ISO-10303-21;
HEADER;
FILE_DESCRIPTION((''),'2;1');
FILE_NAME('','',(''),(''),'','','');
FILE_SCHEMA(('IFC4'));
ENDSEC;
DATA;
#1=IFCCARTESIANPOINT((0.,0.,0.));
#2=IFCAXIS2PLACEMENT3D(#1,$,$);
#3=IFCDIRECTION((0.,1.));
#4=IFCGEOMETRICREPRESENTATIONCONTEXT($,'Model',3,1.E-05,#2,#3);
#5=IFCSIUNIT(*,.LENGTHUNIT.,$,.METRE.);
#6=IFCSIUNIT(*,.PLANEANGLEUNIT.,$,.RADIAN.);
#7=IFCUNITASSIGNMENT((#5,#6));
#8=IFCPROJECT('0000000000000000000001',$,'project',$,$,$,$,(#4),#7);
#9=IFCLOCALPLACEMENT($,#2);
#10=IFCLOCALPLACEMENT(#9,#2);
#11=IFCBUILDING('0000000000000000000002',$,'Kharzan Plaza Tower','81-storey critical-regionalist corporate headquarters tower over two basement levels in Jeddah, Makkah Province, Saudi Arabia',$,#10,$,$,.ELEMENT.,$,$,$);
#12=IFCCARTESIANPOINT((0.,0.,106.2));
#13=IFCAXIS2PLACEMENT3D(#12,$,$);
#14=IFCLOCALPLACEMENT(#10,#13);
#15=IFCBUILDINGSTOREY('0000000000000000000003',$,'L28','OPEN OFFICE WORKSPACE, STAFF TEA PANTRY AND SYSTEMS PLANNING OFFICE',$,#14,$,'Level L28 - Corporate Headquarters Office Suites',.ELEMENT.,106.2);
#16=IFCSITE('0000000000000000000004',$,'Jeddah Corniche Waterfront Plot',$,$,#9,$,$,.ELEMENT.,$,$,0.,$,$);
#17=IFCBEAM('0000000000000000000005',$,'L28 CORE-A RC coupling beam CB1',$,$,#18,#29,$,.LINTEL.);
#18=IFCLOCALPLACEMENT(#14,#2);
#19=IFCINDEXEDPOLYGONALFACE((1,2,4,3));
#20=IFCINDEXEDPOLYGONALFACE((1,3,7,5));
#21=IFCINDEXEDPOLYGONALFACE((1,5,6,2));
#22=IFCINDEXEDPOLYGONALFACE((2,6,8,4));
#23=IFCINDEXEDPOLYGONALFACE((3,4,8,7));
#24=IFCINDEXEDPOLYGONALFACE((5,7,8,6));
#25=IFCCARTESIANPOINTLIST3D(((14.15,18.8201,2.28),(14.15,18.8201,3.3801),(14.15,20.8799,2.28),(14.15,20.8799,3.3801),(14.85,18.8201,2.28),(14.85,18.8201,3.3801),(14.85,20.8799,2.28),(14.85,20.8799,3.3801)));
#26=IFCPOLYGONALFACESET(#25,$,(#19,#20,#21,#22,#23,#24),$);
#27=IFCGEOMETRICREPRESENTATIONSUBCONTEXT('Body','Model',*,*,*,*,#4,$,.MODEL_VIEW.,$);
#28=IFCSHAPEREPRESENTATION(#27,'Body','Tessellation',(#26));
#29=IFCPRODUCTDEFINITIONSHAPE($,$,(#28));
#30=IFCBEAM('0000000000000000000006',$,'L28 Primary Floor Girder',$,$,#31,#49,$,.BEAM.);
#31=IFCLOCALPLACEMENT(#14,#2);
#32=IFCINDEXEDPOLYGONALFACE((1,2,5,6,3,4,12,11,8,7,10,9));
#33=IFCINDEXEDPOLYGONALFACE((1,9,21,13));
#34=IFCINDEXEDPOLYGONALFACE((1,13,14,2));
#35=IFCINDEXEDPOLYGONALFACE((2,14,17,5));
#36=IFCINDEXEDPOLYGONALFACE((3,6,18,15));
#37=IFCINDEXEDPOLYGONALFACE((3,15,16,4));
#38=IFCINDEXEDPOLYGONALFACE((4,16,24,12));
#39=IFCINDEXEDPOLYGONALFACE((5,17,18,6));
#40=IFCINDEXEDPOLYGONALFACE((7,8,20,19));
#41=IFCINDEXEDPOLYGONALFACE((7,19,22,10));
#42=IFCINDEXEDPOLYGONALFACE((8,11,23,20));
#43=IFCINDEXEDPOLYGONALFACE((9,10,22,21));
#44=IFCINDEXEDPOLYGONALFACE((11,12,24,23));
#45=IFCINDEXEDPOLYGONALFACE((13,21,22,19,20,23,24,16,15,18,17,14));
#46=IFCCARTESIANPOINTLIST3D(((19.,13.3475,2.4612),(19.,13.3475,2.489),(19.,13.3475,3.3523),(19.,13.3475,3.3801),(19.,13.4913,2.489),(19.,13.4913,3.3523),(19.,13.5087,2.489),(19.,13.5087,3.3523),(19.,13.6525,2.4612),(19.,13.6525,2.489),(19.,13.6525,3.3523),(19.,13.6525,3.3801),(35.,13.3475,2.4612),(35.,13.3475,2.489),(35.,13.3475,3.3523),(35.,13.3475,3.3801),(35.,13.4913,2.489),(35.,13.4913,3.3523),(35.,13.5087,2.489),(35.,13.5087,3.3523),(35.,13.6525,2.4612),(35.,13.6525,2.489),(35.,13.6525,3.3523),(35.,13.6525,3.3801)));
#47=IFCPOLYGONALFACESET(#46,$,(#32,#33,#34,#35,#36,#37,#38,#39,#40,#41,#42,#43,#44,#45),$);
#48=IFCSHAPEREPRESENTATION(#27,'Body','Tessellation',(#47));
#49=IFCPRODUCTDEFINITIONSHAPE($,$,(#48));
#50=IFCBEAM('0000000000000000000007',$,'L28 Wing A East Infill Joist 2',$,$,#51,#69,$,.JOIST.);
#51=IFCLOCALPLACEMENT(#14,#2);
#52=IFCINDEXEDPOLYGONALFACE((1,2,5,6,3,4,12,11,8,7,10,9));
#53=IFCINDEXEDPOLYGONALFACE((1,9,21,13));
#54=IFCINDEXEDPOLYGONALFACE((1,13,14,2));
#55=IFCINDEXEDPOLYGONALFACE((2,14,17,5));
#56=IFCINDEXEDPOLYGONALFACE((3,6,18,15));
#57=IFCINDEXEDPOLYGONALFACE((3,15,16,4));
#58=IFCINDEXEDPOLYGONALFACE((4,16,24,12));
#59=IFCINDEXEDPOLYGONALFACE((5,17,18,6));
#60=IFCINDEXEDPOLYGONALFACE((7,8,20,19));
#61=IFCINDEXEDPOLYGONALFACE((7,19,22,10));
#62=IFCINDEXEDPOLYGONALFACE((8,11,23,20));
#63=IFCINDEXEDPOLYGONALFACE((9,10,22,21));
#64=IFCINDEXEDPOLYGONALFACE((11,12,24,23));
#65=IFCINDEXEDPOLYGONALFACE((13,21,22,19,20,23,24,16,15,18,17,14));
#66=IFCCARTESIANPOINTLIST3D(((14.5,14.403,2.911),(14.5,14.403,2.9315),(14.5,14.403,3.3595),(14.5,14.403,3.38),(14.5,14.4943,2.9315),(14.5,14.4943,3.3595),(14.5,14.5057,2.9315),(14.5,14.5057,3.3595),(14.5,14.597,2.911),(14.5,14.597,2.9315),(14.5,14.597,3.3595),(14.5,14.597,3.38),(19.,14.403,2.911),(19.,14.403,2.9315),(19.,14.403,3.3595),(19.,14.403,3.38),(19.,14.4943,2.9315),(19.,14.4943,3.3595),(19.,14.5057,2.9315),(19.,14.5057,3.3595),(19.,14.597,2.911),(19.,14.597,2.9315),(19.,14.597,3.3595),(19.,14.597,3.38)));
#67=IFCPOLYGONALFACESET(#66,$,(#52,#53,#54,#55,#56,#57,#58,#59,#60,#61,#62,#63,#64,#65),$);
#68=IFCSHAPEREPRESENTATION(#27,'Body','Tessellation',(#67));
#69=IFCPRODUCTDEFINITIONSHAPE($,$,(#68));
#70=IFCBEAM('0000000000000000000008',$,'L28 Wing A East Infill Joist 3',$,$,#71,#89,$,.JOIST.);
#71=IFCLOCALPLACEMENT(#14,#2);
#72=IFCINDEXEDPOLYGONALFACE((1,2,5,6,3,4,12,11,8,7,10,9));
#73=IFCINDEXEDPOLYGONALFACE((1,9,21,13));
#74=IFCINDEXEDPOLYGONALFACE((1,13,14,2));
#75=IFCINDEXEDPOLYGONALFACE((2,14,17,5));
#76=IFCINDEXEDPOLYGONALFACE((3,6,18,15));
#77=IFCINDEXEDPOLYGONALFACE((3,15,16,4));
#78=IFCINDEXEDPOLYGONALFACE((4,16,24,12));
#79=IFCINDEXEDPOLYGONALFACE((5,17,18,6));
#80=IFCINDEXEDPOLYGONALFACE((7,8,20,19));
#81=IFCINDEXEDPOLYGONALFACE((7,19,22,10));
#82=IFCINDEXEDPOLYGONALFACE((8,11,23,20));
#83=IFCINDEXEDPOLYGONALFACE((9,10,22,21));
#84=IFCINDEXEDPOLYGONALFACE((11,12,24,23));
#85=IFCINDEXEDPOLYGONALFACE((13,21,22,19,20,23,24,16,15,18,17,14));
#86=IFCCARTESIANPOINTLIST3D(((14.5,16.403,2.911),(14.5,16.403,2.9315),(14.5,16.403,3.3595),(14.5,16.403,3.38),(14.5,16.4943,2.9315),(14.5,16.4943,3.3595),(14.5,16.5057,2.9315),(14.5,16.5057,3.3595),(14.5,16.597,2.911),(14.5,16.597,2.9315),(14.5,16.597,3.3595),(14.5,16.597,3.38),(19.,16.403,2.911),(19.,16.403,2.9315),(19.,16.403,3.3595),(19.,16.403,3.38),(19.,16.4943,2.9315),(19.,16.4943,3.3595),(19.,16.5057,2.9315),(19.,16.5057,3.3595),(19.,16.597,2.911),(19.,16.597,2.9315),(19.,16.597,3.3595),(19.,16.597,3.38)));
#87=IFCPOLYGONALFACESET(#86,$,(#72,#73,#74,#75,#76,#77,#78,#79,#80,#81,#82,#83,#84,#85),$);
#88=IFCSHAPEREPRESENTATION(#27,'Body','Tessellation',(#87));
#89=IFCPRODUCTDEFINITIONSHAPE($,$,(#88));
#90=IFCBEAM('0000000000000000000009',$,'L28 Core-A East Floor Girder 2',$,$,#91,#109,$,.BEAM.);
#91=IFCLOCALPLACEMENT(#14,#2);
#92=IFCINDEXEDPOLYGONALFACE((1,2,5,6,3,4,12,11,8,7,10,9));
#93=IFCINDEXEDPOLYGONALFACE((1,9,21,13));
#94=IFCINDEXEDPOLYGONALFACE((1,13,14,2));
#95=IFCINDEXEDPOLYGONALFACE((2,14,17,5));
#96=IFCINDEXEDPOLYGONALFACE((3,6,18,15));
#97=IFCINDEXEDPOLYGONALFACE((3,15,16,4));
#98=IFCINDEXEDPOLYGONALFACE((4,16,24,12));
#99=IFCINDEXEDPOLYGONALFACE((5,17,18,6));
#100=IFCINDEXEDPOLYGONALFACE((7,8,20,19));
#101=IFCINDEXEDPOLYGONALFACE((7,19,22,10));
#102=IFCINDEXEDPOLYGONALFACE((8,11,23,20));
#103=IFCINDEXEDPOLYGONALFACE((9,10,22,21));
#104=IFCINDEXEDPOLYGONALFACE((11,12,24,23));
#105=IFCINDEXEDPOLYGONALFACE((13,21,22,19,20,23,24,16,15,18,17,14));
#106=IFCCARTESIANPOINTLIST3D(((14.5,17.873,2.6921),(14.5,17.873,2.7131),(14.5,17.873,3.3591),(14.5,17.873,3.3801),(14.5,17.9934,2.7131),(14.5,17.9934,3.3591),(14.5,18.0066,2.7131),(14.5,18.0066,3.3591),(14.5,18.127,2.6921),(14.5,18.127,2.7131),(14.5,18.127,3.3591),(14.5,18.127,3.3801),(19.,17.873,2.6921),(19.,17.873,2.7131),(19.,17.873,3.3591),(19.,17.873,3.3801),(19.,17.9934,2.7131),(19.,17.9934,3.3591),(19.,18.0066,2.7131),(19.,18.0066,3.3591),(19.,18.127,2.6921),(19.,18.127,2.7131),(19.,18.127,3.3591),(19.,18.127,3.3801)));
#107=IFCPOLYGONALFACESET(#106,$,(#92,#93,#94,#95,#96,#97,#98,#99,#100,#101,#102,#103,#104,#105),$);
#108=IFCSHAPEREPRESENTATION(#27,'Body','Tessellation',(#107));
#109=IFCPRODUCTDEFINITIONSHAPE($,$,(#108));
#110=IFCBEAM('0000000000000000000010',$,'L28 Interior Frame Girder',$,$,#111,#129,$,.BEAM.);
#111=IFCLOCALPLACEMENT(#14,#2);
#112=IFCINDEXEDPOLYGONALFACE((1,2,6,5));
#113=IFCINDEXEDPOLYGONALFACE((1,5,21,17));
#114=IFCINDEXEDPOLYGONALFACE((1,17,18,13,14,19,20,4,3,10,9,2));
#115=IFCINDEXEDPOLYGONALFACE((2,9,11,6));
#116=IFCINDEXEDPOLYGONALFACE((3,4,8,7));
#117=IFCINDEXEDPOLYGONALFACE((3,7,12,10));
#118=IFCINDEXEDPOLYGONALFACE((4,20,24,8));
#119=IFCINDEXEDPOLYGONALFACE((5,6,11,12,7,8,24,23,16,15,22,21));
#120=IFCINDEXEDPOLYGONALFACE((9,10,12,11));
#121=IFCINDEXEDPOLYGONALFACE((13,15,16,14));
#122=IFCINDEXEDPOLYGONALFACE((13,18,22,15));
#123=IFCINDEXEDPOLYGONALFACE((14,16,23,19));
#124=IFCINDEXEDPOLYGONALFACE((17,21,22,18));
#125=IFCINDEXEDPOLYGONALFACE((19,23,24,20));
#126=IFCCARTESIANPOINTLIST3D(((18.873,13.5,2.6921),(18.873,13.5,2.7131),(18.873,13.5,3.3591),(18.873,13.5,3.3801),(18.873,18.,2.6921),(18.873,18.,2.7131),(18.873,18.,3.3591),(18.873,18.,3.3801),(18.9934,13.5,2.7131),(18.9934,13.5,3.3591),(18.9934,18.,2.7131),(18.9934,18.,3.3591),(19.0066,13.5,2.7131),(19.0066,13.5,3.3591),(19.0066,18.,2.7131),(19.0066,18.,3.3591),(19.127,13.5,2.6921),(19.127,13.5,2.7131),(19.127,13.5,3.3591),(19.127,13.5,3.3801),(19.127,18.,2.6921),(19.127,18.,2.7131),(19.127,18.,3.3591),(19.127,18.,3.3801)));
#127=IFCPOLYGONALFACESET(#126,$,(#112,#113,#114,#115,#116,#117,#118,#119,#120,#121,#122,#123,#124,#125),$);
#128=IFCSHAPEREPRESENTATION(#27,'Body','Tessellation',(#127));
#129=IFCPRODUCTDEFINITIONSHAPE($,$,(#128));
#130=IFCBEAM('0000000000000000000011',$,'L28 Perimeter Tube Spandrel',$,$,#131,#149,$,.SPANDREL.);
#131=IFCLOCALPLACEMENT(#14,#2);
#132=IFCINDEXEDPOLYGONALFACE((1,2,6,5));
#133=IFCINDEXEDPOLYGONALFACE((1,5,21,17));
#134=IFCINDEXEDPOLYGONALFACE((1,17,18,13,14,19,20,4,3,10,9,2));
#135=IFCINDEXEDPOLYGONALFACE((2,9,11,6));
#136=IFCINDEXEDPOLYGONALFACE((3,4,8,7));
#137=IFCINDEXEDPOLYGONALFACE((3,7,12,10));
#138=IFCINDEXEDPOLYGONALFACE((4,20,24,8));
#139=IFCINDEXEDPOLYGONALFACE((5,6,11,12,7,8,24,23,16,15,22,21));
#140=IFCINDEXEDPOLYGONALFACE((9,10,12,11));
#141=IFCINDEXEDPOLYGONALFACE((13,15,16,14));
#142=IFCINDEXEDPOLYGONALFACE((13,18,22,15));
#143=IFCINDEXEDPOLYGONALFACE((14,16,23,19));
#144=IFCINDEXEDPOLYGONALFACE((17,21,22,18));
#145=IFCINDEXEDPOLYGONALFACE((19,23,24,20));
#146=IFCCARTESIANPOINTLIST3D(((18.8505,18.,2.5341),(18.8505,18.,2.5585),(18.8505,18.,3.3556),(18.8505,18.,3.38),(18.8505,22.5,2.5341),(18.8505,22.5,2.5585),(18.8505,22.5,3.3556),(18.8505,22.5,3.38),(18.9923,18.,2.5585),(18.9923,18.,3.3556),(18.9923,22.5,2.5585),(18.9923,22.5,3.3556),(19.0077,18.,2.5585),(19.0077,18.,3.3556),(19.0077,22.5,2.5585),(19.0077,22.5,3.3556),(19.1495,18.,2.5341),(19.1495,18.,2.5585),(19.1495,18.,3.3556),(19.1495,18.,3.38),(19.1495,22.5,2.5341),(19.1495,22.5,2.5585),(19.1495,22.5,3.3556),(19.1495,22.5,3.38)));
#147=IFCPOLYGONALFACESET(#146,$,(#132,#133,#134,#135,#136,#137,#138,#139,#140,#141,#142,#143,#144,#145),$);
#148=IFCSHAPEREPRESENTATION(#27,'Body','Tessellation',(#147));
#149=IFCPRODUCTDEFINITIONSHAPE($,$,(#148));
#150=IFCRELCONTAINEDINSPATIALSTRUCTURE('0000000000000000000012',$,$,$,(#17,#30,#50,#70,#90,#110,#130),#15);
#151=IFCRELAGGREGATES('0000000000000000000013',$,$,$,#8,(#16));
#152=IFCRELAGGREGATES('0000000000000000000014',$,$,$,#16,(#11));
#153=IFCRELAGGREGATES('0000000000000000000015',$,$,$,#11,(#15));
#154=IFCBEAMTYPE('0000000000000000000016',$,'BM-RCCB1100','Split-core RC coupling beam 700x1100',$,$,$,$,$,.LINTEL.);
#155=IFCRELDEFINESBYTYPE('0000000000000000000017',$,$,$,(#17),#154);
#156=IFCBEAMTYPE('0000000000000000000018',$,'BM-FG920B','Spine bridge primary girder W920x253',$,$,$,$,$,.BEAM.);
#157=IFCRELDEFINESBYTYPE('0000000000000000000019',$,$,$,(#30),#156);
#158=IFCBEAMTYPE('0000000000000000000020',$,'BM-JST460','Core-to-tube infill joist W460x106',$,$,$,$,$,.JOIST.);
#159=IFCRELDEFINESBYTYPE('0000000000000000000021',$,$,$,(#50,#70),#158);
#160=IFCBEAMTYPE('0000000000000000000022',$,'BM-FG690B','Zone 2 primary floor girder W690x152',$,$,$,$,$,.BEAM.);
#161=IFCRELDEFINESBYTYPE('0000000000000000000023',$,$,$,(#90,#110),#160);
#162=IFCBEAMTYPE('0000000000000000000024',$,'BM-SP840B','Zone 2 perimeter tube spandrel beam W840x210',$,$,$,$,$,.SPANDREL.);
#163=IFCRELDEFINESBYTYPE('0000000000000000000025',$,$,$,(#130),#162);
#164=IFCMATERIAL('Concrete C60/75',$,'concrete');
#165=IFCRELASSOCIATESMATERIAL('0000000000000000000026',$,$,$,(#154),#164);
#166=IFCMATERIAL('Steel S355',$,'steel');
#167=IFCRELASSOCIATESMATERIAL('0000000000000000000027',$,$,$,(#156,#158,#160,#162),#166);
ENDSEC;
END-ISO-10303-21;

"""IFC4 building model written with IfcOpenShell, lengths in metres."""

from ifc_helpers import new_model, si_unit, direction, frame, origin, origin_2d, place, context, subcontext, project, spatial, rectangle, i_section, extrude, source, transform, mapped, material, material_profile, profile_set, type_object, element, save


model = new_model("IFC4")

# Units and contexts
model_context = context("Model", 3, precision=1e-05, world=origin(), true_north=direction((0.0, 1.0)))
body_context = subcontext(model_context, "Body", "Model", "MODEL_VIEW")
ifc_project = project(units=[si_unit("LENGTHUNIT", "METRE"), si_unit("PLANEANGLEUNIT", "RADIAN")], contexts=[model_context])

# Site, building, storey
site_placement = place(None, origin())
site = spatial("IfcSite", under=ifc_project, at=site_placement, Name="Jeddah Corniche Waterfront Plot", CompositionType="ELEMENT", RefElevation=0.0)
building_placement = place(site_placement, origin())
building = spatial("IfcBuilding", under=site, at=building_placement, Name="Kharzan Plaza Tower", Description="81-storey critical-regionalist corporate headquarters tower over two basement levels in Jeddah, Makkah Province, Saudi Arabia", CompositionType="ELEMENT")
storey_placement = place(building_placement, frame((0.0, 0.0, 106.2)))
storey = spatial("IfcBuildingStorey", under=building, at=storey_placement, Name="L28", Description="OPEN OFFICE WORKSPACE, STAFF TEA PANTRY AND SYSTEMS PLANNING OFFICE", LongName="Level L28 - Corporate Headquarters Office Suites", CompositionType="ELEMENT", Elevation=106.2)

# Beams
ifc_material_1 = material(Name="Concrete C60/75", Category="concrete")
ifc_material_profile_1 = material_profile(ifc_material_1, rectangle(XDim=0.7, YDim=1.1001, at=origin_2d()), Name="RC-CB1100x700")
ifc_profile_set_1 = profile_set([ifc_material_profile_1], Name="Concrete C60/75")
beam_type_1 = type_object("IfcBeamType", Name="BM-RCCB1100", Description="Split-core RC coupling beam 700x1100", PredefinedType="LINTEL", material=ifc_profile_set_1)
shared_shape_1 = source(origin(), body_context, "Body", "SweptSolid", [
    extrude(rectangle(XDim=0.7, YDim=1.1001, at=origin_2d()), origin(), (0.0, 0.0, 1.0), 2.0598),
])
beam_1_placement = place(storey_placement, frame((14.5, 18.8201, 2.8301), z_axis=(0.0, 1.0, 0.0), x_axis=(-1.0, 0.0, 0.0)))
element("IfcBeam", 1, at=beam_1_placement, inside=storey, type_object=beam_type_1, Name="L28 CORE-A RC coupling beam CB1", PredefinedType="LINTEL", context=body_context, shape_type="MappedRepresentation", body=[
    mapped(shared_shape_1, transform((0.0, 0.0, 0.0), x_axis=(1.0, 0.0, 0.0), y_axis=(0.0, 1.0, 0.0), z_axis=(0.0, 0.0, 1.0))),
])
ifc_material_2 = material(Name="Steel S355", Category="steel")
ifc_material_profile_2 = material_profile(ifc_material_2, i_section(OverallWidth=0.3049, OverallDepth=0.9189, WebThickness=0.0173, FlangeThickness=0.0278, at=origin_2d()), Name="W920x253")
ifc_profile_set_2 = profile_set([ifc_material_profile_2], Name="Steel S355")
beam_type_2 = type_object("IfcBeamType", Name="BM-FG920B", Description="Spine bridge primary girder W920x253", PredefinedType="BEAM", material=ifc_profile_set_2)
shared_shape_2 = source(origin(), body_context, "Body", "SweptSolid", [
    extrude(i_section(OverallWidth=0.3049, OverallDepth=0.9189, WebThickness=0.0173, FlangeThickness=0.0278, at=origin_2d()), origin(), (0.0, 0.0, 1.0), 16.0),
])
beam_2_placement = place(storey_placement, frame((19.0, 13.5, 2.9207), z_axis=(1.0, 0.0, 0.0), x_axis=(0.0, 1.0, 0.0)))
element("IfcBeam", 2, at=beam_2_placement, inside=storey, type_object=beam_type_2, Name="L28 Primary Floor Girder", PredefinedType="BEAM", context=body_context, shape_type="MappedRepresentation", body=[
    mapped(shared_shape_2, transform((0.0, 0.0, 0.0), x_axis=(1.0, 0.0, 0.0), y_axis=(0.0, 1.0, 0.0), z_axis=(0.0, 0.0, 1.0))),
])
ifc_material_profile_3 = material_profile(ifc_material_2, i_section(OverallWidth=0.1941, OverallDepth=0.469, WebThickness=0.0115, FlangeThickness=0.0205, at=origin_2d()), Name="W460x106")
ifc_profile_set_3 = profile_set([ifc_material_profile_3], Name="Steel S355")
beam_type_3 = type_object("IfcBeamType", Name="BM-JST460", Description="Core-to-tube infill joist W460x106", PredefinedType="JOIST", material=ifc_profile_set_3)
shared_shape_3 = source(origin(), body_context, "Body", "SweptSolid", [
    extrude(i_section(OverallWidth=0.1941, OverallDepth=0.469, WebThickness=0.0115, FlangeThickness=0.0205, at=origin_2d()), origin(), (0.0, 0.0, 1.0), 4.5),
])
for number, where, z_axis, x_axis, name in (
    (3, (14.5, 14.5, 3.1455), (1.0, 0.0, 0.0), (0.0, 1.0, 0.0), "L28 Wing A East Infill Joist 2"),
    (4, (14.5, 16.5, 3.1455), (1.0, 0.0, 0.0), (0.0, 1.0, 0.0), "L28 Wing A East Infill Joist 3"),
):
    element("IfcBeam", number, at=place(storey_placement, frame(where, z_axis=z_axis, x_axis=x_axis)), inside=storey, type_object=beam_type_3, Name=name, PredefinedType="JOIST", context=body_context, shape_type="MappedRepresentation", body=[
        mapped(shared_shape_3, transform((0.0, 0.0, 0.0), x_axis=(1.0, 0.0, 0.0), y_axis=(0.0, 1.0, 0.0), z_axis=(0.0, 0.0, 1.0))),
    ])
ifc_material_profile_4 = material_profile(ifc_material_2, i_section(OverallWidth=0.2539, OverallDepth=0.688, WebThickness=0.0132, FlangeThickness=0.021, at=origin_2d()), Name="W690x152")
ifc_profile_set_4 = profile_set([ifc_material_profile_4], Name="Steel S355")
beam_type_4 = type_object("IfcBeamType", Name="BM-FG690B", Description="Zone 2 primary floor girder W690x152", PredefinedType="BEAM", material=ifc_profile_set_4)
shared_shape_4 = source(origin(), body_context, "Body", "SweptSolid", [
    extrude(i_section(OverallWidth=0.2539, OverallDepth=0.688, WebThickness=0.0132, FlangeThickness=0.021, at=origin_2d()), origin(), (0.0, 0.0, 1.0), 4.5),
])
for number, where, z_axis, x_axis, name in (
    (5, (14.5, 18.0, 3.0361), (1.0, 0.0, 0.0), (0.0, 1.0, 0.0), "L28 Core-A East Floor Girder 2"),
    (6, (19.0, 13.5, 3.0361), (0.0, 1.0, 0.0), (-1.0, 0.0, 0.0), "L28 Interior Frame Girder"),
):
    element("IfcBeam", number, at=place(storey_placement, frame(where, z_axis=z_axis, x_axis=x_axis)), inside=storey, type_object=beam_type_4, Name=name, PredefinedType="BEAM", context=body_context, shape_type="MappedRepresentation", body=[
        mapped(shared_shape_4, transform((0.0, 0.0, 0.0), x_axis=(1.0, 0.0, 0.0), y_axis=(0.0, 1.0, 0.0), z_axis=(0.0, 0.0, 1.0))),
    ])
ifc_material_profile_5 = material_profile(ifc_material_2, i_section(OverallWidth=0.2991, OverallDepth=0.8459, WebThickness=0.0154, FlangeThickness=0.0244, at=origin_2d()), Name="W840x210")
ifc_profile_set_5 = profile_set([ifc_material_profile_5], Name="Steel S355")
beam_type_5 = type_object("IfcBeamType", Name="BM-SP840B", Description="Zone 2 perimeter tube spandrel beam W840x210", PredefinedType="SPANDREL", material=ifc_profile_set_5)
shared_shape_5 = source(origin(), body_context, "Body", "SweptSolid", [
    extrude(i_section(OverallWidth=0.2991, OverallDepth=0.8459, WebThickness=0.0154, FlangeThickness=0.0244, at=origin_2d()), origin(), (0.0, 0.0, 1.0), 4.5),
])
beam_3_placement = place(storey_placement, frame((19.0, 18.0, 2.957), z_axis=(0.0, 1.0, 0.0), x_axis=(-1.0, 0.0, 0.0)))
element("IfcBeam", 7, at=beam_3_placement, inside=storey, type_object=beam_type_5, Name="L28 Perimeter Tube Spandrel", PredefinedType="SPANDREL", context=body_context, shape_type="MappedRepresentation", body=[
    mapped(shared_shape_5, transform((0.0, 0.0, 0.0), x_axis=(1.0, 0.0, 0.0), y_axis=(0.0, 1.0, 0.0), z_axis=(0.0, 0.0, 1.0))),
])

save(model, "model.ifc")
